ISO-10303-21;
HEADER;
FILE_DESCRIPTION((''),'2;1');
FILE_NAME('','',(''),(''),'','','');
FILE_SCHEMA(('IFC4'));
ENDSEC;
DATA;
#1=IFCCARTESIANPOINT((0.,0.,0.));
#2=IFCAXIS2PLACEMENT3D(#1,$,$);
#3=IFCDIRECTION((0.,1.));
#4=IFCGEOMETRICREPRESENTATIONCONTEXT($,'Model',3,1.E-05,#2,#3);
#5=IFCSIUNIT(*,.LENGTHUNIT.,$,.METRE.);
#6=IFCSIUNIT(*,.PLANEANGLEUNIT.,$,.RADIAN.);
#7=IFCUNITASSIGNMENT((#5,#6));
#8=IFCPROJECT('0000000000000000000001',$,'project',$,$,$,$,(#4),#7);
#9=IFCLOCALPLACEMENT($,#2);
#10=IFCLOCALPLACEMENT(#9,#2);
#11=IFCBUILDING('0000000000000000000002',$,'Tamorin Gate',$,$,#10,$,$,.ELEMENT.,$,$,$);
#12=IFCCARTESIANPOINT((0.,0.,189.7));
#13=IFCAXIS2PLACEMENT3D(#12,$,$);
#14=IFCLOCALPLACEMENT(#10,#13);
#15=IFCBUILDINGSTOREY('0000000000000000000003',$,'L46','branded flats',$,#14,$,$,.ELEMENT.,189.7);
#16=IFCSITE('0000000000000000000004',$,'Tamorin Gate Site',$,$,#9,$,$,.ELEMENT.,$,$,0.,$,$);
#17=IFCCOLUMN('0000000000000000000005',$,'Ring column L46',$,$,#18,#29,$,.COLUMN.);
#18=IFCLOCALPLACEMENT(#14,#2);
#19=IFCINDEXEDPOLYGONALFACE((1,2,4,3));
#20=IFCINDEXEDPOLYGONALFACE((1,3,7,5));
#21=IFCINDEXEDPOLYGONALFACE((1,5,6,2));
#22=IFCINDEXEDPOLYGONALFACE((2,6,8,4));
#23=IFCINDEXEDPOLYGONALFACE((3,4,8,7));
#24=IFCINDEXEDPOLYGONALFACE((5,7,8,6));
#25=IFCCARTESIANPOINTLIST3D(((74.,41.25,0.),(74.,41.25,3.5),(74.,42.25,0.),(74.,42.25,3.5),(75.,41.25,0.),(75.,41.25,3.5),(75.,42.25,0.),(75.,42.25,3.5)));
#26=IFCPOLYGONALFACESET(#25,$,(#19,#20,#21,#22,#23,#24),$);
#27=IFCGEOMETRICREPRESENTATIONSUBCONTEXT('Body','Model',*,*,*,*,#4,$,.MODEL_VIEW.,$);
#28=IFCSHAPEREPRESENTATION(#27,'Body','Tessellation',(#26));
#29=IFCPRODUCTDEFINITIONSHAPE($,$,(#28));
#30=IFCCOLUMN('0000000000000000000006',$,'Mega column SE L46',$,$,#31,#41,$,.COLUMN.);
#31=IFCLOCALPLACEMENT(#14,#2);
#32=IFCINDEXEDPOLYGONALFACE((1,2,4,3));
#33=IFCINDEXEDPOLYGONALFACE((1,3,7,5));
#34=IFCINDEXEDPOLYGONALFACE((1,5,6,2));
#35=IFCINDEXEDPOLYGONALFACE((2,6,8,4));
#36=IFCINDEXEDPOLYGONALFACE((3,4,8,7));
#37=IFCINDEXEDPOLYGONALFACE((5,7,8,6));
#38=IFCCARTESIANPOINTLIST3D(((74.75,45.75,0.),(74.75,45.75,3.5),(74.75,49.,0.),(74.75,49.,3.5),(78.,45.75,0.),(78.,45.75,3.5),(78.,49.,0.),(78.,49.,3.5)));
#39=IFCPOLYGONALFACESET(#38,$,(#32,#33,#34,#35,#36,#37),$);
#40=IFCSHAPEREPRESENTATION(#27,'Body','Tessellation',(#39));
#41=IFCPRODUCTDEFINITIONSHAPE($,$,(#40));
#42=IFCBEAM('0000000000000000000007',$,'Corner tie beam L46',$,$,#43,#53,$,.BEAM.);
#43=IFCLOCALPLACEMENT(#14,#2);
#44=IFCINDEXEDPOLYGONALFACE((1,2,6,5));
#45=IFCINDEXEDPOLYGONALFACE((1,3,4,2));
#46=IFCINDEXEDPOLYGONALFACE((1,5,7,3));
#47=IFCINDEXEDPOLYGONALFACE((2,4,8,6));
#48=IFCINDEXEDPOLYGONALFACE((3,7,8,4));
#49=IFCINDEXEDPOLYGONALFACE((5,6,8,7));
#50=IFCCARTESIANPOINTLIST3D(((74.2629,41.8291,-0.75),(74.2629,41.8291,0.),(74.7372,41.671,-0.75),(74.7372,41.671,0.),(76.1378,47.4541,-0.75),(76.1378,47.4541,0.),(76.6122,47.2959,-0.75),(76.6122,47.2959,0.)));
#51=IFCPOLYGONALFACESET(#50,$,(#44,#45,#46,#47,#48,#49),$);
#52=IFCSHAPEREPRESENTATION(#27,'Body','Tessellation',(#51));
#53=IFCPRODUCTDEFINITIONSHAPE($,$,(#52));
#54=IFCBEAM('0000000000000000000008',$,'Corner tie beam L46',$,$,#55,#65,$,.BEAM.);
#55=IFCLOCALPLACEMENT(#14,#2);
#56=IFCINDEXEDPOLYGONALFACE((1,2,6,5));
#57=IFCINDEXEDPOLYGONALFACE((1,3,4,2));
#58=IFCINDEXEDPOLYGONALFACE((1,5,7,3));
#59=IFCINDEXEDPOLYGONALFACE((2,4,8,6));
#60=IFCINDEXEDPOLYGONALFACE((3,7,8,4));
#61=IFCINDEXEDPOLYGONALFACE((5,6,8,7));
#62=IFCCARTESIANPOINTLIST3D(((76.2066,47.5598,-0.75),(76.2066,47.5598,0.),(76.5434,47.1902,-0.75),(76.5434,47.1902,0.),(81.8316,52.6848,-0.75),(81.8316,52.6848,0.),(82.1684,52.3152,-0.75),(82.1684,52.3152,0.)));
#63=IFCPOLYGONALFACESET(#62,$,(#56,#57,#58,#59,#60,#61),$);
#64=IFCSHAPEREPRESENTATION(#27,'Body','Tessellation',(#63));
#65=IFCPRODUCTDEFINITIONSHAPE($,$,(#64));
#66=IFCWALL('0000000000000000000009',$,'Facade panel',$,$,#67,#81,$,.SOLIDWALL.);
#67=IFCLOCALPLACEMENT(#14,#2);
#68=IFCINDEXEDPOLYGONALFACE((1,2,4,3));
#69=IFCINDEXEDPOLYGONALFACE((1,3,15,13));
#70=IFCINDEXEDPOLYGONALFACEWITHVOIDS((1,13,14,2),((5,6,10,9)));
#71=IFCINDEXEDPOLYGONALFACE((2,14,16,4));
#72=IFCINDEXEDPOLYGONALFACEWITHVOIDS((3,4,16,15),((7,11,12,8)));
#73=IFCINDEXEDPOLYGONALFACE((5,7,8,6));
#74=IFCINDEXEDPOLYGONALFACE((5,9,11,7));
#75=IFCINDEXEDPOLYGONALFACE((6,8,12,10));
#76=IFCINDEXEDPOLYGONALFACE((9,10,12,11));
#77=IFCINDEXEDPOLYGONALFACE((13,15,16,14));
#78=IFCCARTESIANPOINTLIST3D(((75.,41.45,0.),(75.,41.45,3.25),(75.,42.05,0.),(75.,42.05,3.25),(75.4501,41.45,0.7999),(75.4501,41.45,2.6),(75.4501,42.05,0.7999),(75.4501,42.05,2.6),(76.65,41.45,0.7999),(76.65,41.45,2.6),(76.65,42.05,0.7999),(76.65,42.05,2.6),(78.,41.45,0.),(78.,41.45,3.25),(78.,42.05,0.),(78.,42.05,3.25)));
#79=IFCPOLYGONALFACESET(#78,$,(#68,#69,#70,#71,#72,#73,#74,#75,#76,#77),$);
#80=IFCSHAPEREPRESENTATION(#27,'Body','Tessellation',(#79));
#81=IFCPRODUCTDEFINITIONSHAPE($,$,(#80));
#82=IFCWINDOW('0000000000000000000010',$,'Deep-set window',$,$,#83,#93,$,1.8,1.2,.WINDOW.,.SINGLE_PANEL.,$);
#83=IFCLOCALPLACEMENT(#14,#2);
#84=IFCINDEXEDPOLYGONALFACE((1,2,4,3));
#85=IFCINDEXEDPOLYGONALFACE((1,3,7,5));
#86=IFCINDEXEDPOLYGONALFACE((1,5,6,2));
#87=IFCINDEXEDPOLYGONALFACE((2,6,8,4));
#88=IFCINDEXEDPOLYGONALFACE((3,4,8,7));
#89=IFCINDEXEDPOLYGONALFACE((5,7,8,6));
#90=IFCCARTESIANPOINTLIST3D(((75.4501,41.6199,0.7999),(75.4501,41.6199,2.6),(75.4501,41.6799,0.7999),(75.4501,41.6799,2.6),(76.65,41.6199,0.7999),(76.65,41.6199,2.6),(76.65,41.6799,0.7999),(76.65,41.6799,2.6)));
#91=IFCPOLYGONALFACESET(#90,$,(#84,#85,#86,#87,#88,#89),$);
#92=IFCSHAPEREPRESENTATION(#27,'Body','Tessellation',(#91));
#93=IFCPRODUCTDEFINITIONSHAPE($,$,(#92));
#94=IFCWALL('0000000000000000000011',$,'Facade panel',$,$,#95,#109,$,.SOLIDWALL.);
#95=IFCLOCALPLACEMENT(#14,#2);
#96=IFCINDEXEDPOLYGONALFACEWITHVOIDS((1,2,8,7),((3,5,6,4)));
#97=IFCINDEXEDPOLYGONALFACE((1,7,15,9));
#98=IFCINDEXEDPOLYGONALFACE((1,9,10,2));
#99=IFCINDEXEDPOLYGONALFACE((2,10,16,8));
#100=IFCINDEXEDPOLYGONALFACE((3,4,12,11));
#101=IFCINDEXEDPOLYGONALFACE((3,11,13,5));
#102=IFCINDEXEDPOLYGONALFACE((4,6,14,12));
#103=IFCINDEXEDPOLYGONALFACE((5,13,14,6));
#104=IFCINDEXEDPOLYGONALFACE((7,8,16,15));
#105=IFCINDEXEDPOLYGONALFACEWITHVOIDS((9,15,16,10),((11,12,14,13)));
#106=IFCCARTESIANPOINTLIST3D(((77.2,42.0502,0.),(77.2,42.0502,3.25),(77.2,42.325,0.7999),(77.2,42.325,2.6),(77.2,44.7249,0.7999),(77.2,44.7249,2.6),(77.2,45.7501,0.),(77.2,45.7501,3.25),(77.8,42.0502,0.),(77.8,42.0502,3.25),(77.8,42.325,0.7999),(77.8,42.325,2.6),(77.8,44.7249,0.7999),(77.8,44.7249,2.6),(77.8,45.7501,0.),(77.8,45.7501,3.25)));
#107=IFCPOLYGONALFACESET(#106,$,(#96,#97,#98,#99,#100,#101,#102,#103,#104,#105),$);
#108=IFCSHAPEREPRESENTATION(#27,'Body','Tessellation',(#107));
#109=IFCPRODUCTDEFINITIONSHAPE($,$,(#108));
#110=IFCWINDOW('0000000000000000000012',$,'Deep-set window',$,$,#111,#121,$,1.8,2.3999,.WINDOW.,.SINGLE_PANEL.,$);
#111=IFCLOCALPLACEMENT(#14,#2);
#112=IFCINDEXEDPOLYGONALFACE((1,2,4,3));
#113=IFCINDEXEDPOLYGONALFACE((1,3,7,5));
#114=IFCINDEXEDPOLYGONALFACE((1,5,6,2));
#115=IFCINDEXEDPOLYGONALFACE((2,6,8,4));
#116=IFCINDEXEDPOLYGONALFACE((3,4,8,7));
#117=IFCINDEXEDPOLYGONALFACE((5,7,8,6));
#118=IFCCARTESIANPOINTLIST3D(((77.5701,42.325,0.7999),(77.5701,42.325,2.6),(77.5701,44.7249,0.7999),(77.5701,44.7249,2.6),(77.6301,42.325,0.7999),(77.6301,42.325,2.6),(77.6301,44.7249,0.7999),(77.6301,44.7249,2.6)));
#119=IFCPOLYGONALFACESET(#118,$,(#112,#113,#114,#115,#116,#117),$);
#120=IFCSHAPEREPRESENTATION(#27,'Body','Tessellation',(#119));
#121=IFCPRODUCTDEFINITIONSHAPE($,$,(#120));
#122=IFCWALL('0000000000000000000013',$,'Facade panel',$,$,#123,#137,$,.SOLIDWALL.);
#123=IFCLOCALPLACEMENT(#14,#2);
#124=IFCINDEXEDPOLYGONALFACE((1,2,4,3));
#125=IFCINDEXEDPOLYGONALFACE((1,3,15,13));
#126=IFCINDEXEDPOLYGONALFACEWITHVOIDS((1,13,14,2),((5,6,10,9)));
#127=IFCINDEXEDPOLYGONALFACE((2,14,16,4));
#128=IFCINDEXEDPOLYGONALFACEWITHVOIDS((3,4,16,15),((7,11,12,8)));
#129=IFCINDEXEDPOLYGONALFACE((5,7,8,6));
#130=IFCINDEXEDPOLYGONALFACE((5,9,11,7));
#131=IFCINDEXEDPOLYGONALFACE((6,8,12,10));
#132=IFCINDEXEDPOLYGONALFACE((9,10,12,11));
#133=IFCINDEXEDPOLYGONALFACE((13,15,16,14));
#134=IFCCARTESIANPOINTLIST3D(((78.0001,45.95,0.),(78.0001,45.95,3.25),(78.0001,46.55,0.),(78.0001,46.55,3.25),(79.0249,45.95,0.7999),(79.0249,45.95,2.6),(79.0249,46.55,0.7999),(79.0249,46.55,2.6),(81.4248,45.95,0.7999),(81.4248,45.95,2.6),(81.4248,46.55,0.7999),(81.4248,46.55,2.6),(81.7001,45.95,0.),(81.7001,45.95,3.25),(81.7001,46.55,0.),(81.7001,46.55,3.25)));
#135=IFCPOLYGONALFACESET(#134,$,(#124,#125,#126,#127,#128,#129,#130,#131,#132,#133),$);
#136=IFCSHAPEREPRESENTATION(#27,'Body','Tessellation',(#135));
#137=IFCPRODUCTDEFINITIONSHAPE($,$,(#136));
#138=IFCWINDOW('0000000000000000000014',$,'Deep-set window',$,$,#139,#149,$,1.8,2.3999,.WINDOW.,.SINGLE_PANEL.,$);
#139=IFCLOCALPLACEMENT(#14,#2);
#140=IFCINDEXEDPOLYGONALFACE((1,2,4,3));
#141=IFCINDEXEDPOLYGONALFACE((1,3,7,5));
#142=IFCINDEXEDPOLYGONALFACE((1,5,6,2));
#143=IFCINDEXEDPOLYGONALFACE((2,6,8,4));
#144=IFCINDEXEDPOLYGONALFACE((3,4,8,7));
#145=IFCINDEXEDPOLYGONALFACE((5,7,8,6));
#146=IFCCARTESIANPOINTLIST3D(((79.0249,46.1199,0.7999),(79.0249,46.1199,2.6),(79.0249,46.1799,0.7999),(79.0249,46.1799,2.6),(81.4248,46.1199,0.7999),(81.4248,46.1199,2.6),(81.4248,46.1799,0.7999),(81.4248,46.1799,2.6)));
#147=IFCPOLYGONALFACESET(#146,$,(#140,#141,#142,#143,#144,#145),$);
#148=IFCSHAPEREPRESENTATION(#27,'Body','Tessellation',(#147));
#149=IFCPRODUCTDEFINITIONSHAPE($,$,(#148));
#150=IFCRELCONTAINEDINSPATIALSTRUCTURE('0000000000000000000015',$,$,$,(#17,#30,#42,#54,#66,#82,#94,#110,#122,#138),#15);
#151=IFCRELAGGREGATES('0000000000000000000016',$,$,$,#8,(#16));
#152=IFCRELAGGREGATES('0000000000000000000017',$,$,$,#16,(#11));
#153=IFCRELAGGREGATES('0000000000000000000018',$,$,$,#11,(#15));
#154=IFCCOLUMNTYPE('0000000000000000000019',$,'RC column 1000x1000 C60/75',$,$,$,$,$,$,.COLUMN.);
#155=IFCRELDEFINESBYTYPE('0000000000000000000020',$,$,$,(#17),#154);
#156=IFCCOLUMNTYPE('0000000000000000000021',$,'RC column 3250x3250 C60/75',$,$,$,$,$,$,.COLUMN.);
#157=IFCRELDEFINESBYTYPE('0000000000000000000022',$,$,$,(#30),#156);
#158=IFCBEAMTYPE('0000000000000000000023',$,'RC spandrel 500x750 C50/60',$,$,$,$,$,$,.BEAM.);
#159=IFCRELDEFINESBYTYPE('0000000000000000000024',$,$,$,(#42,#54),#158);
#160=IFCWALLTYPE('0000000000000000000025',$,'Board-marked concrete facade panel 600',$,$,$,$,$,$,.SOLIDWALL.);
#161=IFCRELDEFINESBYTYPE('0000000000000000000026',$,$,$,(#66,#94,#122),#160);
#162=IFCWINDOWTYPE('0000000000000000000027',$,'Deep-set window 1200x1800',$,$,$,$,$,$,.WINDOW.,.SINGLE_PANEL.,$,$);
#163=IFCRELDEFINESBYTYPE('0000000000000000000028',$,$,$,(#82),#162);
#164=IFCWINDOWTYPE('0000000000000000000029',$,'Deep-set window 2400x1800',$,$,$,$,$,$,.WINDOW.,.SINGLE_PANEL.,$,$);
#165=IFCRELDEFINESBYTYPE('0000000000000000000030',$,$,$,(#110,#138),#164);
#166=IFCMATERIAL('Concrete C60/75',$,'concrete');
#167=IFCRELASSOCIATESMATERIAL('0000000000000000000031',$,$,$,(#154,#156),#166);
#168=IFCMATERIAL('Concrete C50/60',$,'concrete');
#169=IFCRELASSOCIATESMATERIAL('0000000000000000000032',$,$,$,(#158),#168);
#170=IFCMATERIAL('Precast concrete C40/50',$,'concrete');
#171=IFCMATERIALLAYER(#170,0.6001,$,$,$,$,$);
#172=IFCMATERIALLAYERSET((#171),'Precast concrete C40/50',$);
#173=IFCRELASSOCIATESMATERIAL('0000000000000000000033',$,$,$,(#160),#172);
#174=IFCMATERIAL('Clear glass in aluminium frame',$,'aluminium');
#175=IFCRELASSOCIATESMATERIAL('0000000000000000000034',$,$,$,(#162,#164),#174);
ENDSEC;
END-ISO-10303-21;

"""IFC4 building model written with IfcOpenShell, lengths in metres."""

from ifc_helpers import new_model, si_unit, direction, frame, frame_2d, origin, origin_2d, place, context, subcontext, project, spatial, rectangle, extrude, material, layer, layer_set, material_profile, profile_set, type_object, element, fill, save


model = new_model("IFC4")

# Units and contexts
model_context = context("Model", 3, precision=1e-05, world=origin(), true_north=direction((0.0, 1.0)))
body_context = subcontext(model_context, "Body", "Model", "MODEL_VIEW")
ifc_project = project(units=[si_unit("LENGTHUNIT", "METRE"), si_unit("PLANEANGLEUNIT", "RADIAN")], contexts=[model_context])

# Site, building, storey
site_placement = place(None, origin())
site = spatial("IfcSite", under=ifc_project, at=site_placement, Name="Tamorin Gate Site", CompositionType="ELEMENT", RefElevation=0.0)
building_placement = place(site_placement, origin())
building = spatial("IfcBuilding", under=site, at=building_placement, Name="Tamorin Gate", CompositionType="ELEMENT")
storey_placement = place(building_placement, frame((0.0, 0.0, 189.7)))
storey = spatial("IfcBuildingStorey", under=building, at=storey_placement, Name="L46", Description="branded flats", CompositionType="ELEMENT", Elevation=189.7)

# Columns
ifc_material_1 = material(Name="Concrete C60/75", Category="concrete")
ifc_material_profile_1 = material_profile(ifc_material_1, rectangle(XDim=1.0, YDim=1.0, at=origin_2d()), Name="RC 1000x1000")
ifc_profile_set_1 = profile_set([ifc_material_profile_1], Name="Concrete C60/75")
column_type_1 = type_object("IfcColumnType", Name="RC column 1000x1000 C60/75", PredefinedType="COLUMN", material=ifc_profile_set_1)
column_1_placement = place(storey_placement, frame((74.5, 41.75, 0.0), z_axis=(0.0, 0.0, 1.0), x_axis=(1.0, 0.0, 0.0)))
element("IfcColumn", 1, at=column_1_placement, inside=storey, type_object=column_type_1, Name="Ring column L46", PredefinedType="COLUMN", context=body_context, shape_type="SweptSolid", body=[
    extrude(rectangle(XDim=1.0, YDim=1.0, at=origin_2d()), origin(), (0.0, 0.0, 1.0), 3.5),
])
ifc_material_profile_2 = material_profile(ifc_material_1, rectangle(XDim=3.25, YDim=3.25, at=origin_2d()), Name="RC 3250x3250")
ifc_profile_set_2 = profile_set([ifc_material_profile_2], Name="Concrete C60/75")
column_type_2 = type_object("IfcColumnType", Name="RC column 3250x3250 C60/75", PredefinedType="COLUMN", material=ifc_profile_set_2)
column_2_placement = place(storey_placement, frame((76.375, 47.375, 0.0), z_axis=(0.0, 0.0, 1.0), x_axis=(1.0, 0.0, 0.0)))
element("IfcColumn", 2, at=column_2_placement, inside=storey, type_object=column_type_2, Name="Mega column SE L46", PredefinedType="COLUMN", context=body_context, shape_type="SweptSolid", body=[
    extrude(rectangle(XDim=3.25, YDim=3.25, at=origin_2d()), origin(), (0.0, 0.0, 1.0), 3.5),
])

# Beams
ifc_material_2 = material(Name="Concrete C50/60", Category="concrete")
ifc_material_profile_3 = material_profile(ifc_material_2, rectangle(XDim=0.5, YDim=0.75, at=origin_2d()), Name="RC 500x750")
ifc_profile_set_3 = profile_set([ifc_material_profile_3], Name="Concrete C50/60")
beam_type = type_object("IfcBeamType", Name="RC spandrel 500x750 C50/60", PredefinedType="BEAM", material=ifc_profile_set_3)
beam_1_placement = place(storey_placement, frame((76.375, 47.375, -0.375), z_axis=(-0.316228, -0.948683, 0.0), x_axis=(0.948683, -0.316228, 0.0)))
element("IfcBeam", 3, at=beam_1_placement, inside=storey, type_object=beam_type, Name="Corner tie beam L46", PredefinedType="BEAM", context=body_context, shape_type="SweptSolid", body=[
    extrude(rectangle(XDim=0.5, YDim=0.75, at=origin_2d()), origin(), (0.0, 0.0, 1.0), 5.9292),
])
beam_2_placement = place(storey_placement, frame((76.375, 47.375, -0.375), z_axis=(0.739196, 0.67349, 0.0), x_axis=(-0.67349, 0.739196, 0.0)))
element("IfcBeam", 4, at=beam_2_placement, inside=storey, type_object=beam_type, Name="Corner tie beam L46", PredefinedType="BEAM", context=body_context, shape_type="SweptSolid", body=[
    extrude(rectangle(XDim=0.5, YDim=0.75, at=origin_2d()), origin(), (0.0, 0.0, 1.0), 7.6096),
])

# Walls, openings, windows
ifc_material_3 = material(Name="Precast concrete C40/50", Category="concrete")
ifc_layer = layer(ifc_material_3, 0.6001)
ifc_layer_set = layer_set([ifc_layer], Name="Precast concrete C40/50")
wall_type = type_object("IfcWallType", Name="Board-marked concrete facade panel 600", PredefinedType="SOLIDWALL", material=ifc_layer_set)
wall_1_placement = place(storey_placement, frame((75.0, 41.75, 0.0), z_axis=(0.0, 0.0, 1.0), x_axis=(1.0, 0.0, 0.0)))
wall_1 = element("IfcWall", 5, at=wall_1_placement, inside=storey, type_object=wall_type, Name="Facade panel", PredefinedType="SOLIDWALL", context=body_context, shape_type="SweptSolid", body=[
    extrude(rectangle(XDim=3.0, YDim=0.6001, at=frame_2d((1.5, 0.0))), origin(), (0.0, 0.0, 1.0), 3.25),
])
opening_1_placement = place(wall_1_placement, frame((0.45, 0.0, 0.8)))
opening_1 = element("IfcOpeningElement", 6, at=opening_1_placement, cuts=wall_1, PredefinedType="OPENING", context=body_context, shape_type="SweptSolid", body=[
    extrude(rectangle(XDim=1.2, YDim=1.8, at=frame_2d((0.6001, 0.8999))), frame((0.0, 0.3101, 0.0), z_axis=(0.0, -1.0, 0.0), x_axis=(1.0, 0.0, 0.0)), (0.0, 0.0, 1.0), 0.6201),
])
ifc_material_4 = material(Name="Clear glass in aluminium frame", Category="aluminium")
window_type_1 = type_object("IfcWindowType", Name="Deep-set window 1200x1800", PartitioningType="SINGLE_PANEL", PredefinedType="WINDOW", material=ifc_material_4)
window_1_placement = place(opening_1_placement, origin())
window_1 = element("IfcWindow", 7, at=window_1_placement, inside=storey, type_object=window_type_1, Name="Deep-set window", OverallHeight=1.8, OverallWidth=1.2, PartitioningType="SINGLE_PANEL", PredefinedType="WINDOW", context=body_context, shape_type="SweptSolid", body=[
    extrude(rectangle(XDim=1.2, YDim=1.8, at=frame_2d((0.6001, 0.8999))), frame((0.0, -0.0701, 0.0), z_axis=(0.0, -1.0, 0.0), x_axis=(1.0, 0.0, 0.0)), (0.0, 0.0, 1.0), 0.0601),
])
fill(opening_1, window_1)
wall_2_placement = place(storey_placement, frame((77.5, 42.05, 0.0), z_axis=(0.0, 0.0, 1.0), x_axis=(0.0, 1.0, 0.0)))
wall_2 = element("IfcWall", 8, at=wall_2_placement, inside=storey, type_object=wall_type, Name="Facade panel", PredefinedType="SOLIDWALL", context=body_context, shape_type="SweptSolid", body=[
    extrude(rectangle(XDim=3.7, YDim=0.6001, at=frame_2d((1.8501, 0.0))), origin(), (0.0, 0.0, 1.0), 3.25),
])
opening_2_placement = place(wall_2_placement, frame((0.2749, 0.0, 0.8)))
opening_2 = element("IfcOpeningElement", 9, at=opening_2_placement, cuts=wall_2, PredefinedType="OPENING", context=body_context, shape_type="SweptSolid", body=[
    extrude(rectangle(XDim=2.3999, YDim=1.8, at=frame_2d((1.2, 0.8999))), frame((0.0, 0.3101, 0.0), z_axis=(0.0, -1.0, 0.0), x_axis=(1.0, 0.0, 0.0)), (0.0, 0.0, 1.0), 0.6201),
])
window_type_2 = type_object("IfcWindowType", Name="Deep-set window 2400x1800", PartitioningType="SINGLE_PANEL", PredefinedType="WINDOW", material=ifc_material_4)
window_2_placement = place(opening_2_placement, origin())
window_2 = element("IfcWindow", 10, at=window_2_placement, inside=storey, type_object=window_type_2, Name="Deep-set window", OverallHeight=1.8, OverallWidth=2.3999, PartitioningType="SINGLE_PANEL", PredefinedType="WINDOW", context=body_context, shape_type="SweptSolid", body=[
    extrude(rectangle(XDim=2.3999, YDim=1.8, at=frame_2d((1.2, 0.8999))), frame((0.0, -0.0701, 0.0), z_axis=(0.0, -1.0, 0.0), x_axis=(1.0, 0.0, 0.0)), (0.0, 0.0, 1.0), 0.0601),
])
fill(opening_2, window_2)
wall_3_placement = place(storey_placement, frame((78.0, 46.25, 0.0), z_axis=(0.0, 0.0, 1.0), x_axis=(1.0, 0.0, 0.0)))
wall_3 = element("IfcWall", 11, at=wall_3_placement, inside=storey, type_object=wall_type, Name="Facade panel", PredefinedType="SOLIDWALL", context=body_context, shape_type="SweptSolid", body=[
    extrude(rectangle(XDim=3.7, YDim=0.6001, at=frame_2d((1.8501, 0.0))), origin(), (0.0, 0.0, 1.0), 3.25),
])
opening_3_placement = place(wall_3_placement, frame((1.0249, 0.0, 0.8)))
opening_3 = element("IfcOpeningElement", 12, at=opening_3_placement, cuts=wall_3, PredefinedType="OPENING", context=body_context, shape_type="SweptSolid", body=[
    extrude(rectangle(XDim=2.3999, YDim=1.8, at=frame_2d((1.2, 0.8999))), frame((0.0, 0.3101, 0.0), z_axis=(0.0, -1.0, 0.0), x_axis=(1.0, 0.0, 0.0)), (0.0, 0.0, 1.0), 0.6201),
])
window_3_placement = place(opening_3_placement, origin())
window_3 = element("IfcWindow", 13, at=window_3_placement, inside=storey, type_object=window_type_2, Name="Deep-set window", OverallHeight=1.8, OverallWidth=2.3999, PartitioningType="SINGLE_PANEL", PredefinedType="WINDOW", context=body_context, shape_type="SweptSolid", body=[
    extrude(rectangle(XDim=2.3999, YDim=1.8, at=frame_2d((1.2, 0.8999))), frame((0.0, -0.0701, 0.0), z_axis=(0.0, -1.0, 0.0), x_axis=(1.0, 0.0, 0.0)), (0.0, 0.0, 1.0), 0.0601),
])
fill(opening_3, window_3)

save(model, "model.ifc")
